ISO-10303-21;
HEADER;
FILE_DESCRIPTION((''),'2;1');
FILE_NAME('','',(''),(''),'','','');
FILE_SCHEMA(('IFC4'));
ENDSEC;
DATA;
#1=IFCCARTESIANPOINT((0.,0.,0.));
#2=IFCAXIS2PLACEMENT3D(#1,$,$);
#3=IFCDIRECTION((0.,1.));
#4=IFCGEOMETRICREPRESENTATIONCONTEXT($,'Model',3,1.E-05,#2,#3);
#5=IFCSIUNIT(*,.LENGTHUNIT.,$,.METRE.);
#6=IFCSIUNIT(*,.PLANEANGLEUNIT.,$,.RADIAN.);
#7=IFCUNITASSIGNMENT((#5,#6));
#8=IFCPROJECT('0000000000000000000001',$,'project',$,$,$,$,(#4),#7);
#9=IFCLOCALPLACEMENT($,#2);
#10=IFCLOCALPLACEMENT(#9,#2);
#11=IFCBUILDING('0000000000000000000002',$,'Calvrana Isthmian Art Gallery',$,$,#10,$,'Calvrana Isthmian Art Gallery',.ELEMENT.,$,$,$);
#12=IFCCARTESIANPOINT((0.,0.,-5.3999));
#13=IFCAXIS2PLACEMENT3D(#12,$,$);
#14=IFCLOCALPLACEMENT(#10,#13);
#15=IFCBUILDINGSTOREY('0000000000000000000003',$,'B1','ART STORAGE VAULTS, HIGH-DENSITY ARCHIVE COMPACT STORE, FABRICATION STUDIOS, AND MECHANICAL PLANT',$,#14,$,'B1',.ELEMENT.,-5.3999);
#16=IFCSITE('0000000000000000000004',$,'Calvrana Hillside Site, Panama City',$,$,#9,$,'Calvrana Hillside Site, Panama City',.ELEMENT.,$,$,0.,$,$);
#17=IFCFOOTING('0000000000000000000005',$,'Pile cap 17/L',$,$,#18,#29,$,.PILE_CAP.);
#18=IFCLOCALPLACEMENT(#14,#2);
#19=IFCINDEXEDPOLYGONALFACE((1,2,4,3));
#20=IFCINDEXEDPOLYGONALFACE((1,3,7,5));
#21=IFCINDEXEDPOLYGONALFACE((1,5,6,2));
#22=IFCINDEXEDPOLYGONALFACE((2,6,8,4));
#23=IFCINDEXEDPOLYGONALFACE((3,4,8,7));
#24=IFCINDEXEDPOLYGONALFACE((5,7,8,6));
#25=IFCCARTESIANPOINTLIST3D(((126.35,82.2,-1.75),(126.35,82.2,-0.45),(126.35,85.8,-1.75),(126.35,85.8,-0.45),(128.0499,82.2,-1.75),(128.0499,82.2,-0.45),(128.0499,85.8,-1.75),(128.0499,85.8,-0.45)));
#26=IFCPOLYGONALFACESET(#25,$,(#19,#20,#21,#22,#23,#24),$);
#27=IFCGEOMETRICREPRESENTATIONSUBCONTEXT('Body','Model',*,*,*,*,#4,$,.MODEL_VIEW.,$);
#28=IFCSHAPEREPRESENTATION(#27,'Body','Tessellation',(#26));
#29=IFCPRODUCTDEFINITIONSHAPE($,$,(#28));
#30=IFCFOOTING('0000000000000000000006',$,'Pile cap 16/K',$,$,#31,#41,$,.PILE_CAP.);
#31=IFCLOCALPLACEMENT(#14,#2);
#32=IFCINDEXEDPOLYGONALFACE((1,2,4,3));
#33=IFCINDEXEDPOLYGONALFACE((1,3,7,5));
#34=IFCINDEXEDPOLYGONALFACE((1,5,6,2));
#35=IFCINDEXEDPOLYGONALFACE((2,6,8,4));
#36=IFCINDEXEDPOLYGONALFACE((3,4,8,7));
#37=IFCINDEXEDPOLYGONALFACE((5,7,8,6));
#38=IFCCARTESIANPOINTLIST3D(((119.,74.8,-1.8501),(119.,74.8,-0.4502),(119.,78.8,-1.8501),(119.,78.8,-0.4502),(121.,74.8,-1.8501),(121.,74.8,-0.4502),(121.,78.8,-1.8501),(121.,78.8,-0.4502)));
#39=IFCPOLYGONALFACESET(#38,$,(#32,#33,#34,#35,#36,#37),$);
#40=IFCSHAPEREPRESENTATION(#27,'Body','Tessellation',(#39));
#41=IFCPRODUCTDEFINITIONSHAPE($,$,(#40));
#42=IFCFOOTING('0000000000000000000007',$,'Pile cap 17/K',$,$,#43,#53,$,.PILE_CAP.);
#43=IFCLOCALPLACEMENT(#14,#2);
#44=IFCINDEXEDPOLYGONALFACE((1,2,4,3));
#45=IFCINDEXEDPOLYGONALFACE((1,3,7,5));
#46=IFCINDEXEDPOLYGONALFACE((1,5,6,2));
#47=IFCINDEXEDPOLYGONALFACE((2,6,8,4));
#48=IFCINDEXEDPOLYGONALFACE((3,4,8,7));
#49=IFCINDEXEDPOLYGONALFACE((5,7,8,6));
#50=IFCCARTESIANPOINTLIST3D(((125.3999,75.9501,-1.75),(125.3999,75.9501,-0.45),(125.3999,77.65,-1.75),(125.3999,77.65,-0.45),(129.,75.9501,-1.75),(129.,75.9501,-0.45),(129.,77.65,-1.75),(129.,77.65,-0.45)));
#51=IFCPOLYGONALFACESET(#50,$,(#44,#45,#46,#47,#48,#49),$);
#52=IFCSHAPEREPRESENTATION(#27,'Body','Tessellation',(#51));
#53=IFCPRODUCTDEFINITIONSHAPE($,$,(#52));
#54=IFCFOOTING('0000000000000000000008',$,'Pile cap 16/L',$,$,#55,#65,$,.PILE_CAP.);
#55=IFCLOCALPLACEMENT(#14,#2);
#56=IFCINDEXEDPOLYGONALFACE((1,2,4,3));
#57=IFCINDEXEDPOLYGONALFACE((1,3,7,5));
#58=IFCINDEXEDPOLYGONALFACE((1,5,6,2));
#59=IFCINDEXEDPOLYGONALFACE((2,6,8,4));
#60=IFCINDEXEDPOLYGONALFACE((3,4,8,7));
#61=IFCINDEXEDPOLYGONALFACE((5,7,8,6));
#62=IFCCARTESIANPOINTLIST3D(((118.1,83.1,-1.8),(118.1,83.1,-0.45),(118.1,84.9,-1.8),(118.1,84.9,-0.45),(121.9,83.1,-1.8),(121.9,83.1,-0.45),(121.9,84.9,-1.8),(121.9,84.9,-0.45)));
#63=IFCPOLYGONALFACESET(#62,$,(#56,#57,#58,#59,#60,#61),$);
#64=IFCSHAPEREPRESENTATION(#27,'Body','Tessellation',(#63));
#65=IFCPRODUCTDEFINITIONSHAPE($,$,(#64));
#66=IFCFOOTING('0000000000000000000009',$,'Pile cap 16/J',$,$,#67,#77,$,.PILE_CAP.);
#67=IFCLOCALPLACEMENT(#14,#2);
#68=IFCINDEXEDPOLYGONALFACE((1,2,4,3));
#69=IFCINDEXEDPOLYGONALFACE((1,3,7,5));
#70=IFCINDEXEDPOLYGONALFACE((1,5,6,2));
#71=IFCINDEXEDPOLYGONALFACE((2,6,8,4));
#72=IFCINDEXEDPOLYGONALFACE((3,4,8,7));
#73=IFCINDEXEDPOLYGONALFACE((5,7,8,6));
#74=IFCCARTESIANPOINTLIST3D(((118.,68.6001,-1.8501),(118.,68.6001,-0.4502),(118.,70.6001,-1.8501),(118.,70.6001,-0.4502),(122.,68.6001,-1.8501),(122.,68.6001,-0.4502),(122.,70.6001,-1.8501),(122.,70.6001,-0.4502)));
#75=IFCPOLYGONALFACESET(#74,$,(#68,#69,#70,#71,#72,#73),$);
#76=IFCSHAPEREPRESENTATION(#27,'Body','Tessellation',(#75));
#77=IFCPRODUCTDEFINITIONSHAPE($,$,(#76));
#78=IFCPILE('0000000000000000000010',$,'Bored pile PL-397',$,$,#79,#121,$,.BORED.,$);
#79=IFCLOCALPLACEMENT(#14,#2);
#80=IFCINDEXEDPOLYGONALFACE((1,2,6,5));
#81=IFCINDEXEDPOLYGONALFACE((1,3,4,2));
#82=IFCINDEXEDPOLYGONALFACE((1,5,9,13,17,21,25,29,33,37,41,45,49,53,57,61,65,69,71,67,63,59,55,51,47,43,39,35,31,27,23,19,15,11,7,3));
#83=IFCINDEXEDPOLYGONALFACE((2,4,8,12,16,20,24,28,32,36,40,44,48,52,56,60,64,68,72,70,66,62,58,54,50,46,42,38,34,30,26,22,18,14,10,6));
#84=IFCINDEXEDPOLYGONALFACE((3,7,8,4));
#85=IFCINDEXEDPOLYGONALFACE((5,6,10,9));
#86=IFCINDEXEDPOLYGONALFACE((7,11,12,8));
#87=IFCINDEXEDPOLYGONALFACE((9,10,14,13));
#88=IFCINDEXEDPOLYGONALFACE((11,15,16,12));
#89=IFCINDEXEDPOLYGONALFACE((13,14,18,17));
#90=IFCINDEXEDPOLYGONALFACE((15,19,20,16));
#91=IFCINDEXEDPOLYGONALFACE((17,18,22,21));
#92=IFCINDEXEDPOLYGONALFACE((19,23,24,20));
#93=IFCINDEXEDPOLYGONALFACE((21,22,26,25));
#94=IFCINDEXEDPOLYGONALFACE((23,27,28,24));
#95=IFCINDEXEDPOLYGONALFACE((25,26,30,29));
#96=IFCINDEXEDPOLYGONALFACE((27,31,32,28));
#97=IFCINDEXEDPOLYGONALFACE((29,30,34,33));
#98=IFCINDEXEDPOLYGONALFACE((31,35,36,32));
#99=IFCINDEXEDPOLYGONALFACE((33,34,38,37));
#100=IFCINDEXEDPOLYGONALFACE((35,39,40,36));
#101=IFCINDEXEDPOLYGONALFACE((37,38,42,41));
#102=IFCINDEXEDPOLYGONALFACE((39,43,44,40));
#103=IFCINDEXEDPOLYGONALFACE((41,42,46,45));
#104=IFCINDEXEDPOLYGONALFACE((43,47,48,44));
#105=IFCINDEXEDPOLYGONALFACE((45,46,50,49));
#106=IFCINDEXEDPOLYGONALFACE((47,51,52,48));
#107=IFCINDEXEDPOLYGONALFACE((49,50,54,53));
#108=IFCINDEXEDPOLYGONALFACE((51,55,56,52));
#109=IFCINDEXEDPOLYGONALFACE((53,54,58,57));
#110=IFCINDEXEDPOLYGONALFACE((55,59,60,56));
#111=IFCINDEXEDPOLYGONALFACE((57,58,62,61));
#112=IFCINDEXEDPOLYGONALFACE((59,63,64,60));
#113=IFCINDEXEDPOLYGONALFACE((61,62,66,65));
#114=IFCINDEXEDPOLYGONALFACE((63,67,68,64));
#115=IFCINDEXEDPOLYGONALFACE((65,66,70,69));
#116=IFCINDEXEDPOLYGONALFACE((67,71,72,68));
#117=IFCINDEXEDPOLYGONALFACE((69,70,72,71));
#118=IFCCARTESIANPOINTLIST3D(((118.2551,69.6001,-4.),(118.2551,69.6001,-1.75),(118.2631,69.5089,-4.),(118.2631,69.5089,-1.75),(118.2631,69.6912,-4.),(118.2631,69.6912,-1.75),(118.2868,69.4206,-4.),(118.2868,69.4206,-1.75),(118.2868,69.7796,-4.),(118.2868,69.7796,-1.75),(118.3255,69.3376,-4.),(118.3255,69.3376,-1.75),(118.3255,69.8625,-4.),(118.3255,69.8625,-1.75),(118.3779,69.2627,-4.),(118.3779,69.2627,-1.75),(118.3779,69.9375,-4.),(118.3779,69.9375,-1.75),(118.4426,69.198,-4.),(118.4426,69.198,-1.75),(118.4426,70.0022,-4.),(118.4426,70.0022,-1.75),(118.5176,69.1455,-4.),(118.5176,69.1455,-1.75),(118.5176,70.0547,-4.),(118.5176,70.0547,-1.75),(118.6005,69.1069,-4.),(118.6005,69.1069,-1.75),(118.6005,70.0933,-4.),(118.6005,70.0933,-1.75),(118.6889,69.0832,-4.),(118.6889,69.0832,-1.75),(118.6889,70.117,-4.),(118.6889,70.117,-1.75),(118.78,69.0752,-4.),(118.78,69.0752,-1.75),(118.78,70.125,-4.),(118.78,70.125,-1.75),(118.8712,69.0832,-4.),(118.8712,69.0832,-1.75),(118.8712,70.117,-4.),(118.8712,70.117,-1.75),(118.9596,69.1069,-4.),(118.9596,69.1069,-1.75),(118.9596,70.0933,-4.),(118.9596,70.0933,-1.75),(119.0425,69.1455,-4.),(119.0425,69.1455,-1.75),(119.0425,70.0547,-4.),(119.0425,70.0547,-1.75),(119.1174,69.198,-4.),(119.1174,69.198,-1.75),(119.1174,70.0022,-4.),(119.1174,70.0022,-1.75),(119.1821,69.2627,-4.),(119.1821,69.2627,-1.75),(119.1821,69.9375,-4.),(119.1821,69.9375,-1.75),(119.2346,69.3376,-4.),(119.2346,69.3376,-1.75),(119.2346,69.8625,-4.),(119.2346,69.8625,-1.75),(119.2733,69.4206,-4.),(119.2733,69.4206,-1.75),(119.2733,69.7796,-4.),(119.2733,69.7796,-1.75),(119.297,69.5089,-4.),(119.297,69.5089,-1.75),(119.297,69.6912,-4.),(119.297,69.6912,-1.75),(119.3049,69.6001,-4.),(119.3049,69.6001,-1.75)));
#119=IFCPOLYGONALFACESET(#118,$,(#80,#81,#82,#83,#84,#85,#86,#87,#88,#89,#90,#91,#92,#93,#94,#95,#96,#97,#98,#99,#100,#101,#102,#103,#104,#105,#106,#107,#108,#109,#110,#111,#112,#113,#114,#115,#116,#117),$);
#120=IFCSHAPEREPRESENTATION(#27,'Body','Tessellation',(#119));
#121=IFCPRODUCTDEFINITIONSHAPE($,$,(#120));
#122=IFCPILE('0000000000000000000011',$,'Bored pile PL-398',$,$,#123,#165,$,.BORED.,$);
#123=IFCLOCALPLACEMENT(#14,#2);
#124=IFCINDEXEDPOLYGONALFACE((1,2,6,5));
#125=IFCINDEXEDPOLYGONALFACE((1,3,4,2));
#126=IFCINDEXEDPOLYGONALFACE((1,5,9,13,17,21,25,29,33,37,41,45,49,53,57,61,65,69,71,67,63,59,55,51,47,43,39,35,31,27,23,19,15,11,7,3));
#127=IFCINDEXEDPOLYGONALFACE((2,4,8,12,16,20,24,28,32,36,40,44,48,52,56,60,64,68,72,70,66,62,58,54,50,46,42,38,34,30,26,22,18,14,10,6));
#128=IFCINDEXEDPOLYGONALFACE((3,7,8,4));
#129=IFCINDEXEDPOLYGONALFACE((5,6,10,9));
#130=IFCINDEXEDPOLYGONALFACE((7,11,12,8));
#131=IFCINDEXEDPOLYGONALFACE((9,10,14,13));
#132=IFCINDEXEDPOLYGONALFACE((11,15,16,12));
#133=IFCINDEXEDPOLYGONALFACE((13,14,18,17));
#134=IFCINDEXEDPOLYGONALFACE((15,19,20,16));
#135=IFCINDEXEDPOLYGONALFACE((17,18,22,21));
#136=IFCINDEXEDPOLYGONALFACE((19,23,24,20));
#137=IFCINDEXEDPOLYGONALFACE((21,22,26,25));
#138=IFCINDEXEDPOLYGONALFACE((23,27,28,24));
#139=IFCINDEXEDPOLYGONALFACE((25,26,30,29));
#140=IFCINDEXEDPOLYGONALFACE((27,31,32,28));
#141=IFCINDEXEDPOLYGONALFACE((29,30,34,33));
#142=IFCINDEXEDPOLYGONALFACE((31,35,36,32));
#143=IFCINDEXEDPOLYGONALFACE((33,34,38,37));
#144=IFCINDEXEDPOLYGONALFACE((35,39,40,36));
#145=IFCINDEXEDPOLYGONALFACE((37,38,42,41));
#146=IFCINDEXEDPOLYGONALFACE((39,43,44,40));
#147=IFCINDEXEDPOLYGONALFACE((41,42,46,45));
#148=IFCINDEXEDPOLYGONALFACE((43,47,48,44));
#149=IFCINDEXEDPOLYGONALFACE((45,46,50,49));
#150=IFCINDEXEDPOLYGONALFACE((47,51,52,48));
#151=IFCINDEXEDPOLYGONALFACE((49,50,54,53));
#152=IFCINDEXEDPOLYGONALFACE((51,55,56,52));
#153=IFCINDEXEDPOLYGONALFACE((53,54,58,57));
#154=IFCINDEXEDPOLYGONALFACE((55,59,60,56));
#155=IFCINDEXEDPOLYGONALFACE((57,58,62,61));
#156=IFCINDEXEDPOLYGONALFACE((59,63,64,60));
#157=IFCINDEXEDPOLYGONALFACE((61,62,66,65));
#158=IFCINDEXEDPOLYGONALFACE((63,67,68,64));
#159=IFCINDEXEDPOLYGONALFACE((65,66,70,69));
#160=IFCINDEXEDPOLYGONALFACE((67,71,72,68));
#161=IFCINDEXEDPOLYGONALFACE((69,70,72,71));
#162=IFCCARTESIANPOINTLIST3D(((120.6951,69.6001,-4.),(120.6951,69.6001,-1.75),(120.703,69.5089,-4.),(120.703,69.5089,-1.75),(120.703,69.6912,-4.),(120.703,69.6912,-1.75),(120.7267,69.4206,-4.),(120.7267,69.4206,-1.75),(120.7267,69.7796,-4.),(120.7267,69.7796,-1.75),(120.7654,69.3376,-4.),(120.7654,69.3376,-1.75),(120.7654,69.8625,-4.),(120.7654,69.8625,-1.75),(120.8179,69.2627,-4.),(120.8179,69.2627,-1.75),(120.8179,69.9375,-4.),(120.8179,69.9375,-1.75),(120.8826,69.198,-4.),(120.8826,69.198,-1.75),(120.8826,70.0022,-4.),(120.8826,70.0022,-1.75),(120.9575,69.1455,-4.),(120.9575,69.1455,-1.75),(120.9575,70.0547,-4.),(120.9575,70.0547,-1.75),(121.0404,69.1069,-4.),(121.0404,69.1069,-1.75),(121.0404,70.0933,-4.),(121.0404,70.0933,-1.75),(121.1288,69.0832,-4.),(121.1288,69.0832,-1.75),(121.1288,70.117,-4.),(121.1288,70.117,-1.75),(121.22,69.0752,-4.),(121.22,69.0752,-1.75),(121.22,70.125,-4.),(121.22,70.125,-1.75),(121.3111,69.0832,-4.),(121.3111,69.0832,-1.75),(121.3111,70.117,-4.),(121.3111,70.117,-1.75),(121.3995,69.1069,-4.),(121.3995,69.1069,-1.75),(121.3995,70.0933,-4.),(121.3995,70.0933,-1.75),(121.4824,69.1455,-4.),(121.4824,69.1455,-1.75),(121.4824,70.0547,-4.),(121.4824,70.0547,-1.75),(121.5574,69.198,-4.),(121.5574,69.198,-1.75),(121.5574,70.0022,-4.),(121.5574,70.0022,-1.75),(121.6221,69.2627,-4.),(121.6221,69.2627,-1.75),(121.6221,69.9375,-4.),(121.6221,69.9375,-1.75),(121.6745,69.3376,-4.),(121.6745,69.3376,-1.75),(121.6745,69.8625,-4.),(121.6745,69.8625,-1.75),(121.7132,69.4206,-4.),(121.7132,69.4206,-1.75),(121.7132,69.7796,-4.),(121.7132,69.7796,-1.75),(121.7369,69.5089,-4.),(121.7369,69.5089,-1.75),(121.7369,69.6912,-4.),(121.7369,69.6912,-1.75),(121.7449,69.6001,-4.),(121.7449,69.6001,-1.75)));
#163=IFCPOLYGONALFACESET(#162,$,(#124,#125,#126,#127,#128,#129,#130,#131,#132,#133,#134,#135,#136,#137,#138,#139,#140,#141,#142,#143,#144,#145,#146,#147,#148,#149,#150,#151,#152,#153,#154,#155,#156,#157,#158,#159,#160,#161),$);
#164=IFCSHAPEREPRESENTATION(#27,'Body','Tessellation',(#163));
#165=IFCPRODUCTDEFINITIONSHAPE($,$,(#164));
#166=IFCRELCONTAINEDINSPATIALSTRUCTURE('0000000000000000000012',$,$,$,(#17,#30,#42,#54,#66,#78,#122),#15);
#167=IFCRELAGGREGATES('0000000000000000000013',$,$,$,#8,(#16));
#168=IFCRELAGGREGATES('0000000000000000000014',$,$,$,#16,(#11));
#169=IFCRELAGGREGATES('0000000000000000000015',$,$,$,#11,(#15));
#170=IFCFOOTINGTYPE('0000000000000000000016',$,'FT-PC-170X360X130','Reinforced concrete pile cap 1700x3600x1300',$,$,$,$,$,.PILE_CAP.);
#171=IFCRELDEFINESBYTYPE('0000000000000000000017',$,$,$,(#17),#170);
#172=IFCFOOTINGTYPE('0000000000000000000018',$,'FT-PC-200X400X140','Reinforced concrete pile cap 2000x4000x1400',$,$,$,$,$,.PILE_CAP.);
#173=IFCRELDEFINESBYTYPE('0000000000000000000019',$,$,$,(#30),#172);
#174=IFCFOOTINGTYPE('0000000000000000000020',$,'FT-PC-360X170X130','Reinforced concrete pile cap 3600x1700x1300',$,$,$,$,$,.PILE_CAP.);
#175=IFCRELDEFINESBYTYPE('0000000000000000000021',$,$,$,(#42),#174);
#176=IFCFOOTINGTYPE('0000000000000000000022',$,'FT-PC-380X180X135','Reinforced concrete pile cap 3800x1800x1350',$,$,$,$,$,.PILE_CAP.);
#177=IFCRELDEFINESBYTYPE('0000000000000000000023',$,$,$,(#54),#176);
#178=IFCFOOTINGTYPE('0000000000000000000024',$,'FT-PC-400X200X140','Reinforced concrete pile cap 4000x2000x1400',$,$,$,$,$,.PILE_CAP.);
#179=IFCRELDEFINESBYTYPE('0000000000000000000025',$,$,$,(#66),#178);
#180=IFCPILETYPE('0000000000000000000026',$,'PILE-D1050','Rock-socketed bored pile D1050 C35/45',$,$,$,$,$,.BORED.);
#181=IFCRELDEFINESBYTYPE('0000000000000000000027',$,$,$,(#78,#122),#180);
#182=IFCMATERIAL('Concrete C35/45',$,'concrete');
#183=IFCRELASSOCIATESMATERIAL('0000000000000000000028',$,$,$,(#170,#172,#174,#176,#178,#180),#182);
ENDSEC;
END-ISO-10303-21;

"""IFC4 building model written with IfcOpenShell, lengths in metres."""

from ifc_helpers import new_model, si_unit, direction, frame, origin, origin_2d, place, context, subcontext, project, spatial, rectangle, circle, extrude, material, material_profile, profile_set, type_object, element, save


model = new_model("IFC4")

# Units and contexts
model_context = context("Model", 3, precision=1e-05, world=origin(), true_north=direction((0.0, 1.0)))
body_context = subcontext(model_context, "Body", "Model", "MODEL_VIEW")
ifc_project = project(units=[si_unit("LENGTHUNIT", "METRE"), si_unit("PLANEANGLEUNIT", "RADIAN")], contexts=[model_context])

# Site, building, storey
site_placement = place(None, origin())
site = spatial("IfcSite", under=ifc_project, at=site_placement, Name="Calvrana Hillside Site, Panama City", LongName="Calvrana Hillside Site, Panama City", CompositionType="ELEMENT", RefElevation=0.0)
building_placement = place(site_placement, origin())
building = spatial("IfcBuilding", under=site, at=building_placement, Name="Calvrana Isthmian Art Gallery", LongName="Calvrana Isthmian Art Gallery", CompositionType="ELEMENT")
storey_placement = place(building_placement, frame((0.0, 0.0, -5.3999)))
storey = spatial("IfcBuildingStorey", under=building, at=storey_placement, Name="B1", Description="ART STORAGE VAULTS, HIGH-DENSITY ARCHIVE COMPACT STORE, FABRICATION STUDIOS, AND MECHANICAL PLANT", LongName="B1", CompositionType="ELEMENT", Elevation=-5.3999)

# Footings
ifc_material_1 = material(Name="Concrete C35/45", Category="concrete")
footing_type_1 = type_object("IfcFootingType", Name="FT-PC-170X360X130", Description="Reinforced concrete pile cap 1700x3600x1300", PredefinedType="PILE_CAP", material=ifc_material_1)
footing_1_placement = place(storey_placement, frame((127.2, 84.0, -1.75), z_axis=(0.0, 0.0, 1.0), x_axis=(1.0, 0.0, 0.0)))
element("IfcFooting", 1, at=footing_1_placement, inside=storey, type_object=footing_type_1, Name="Pile cap 17/L", PredefinedType="PILE_CAP", context=body_context, shape_type="SweptSolid", body=[
    extrude(rectangle(XDim=1.7, YDim=3.6001, at=origin_2d()), origin(), (0.0, 0.0, 1.0), 1.3),
])
footing_type_2 = type_object("IfcFootingType", Name="FT-PC-200X400X140", Description="Reinforced concrete pile cap 2000x4000x1400", PredefinedType="PILE_CAP", material=ifc_material_1)
footing_2_placement = place(storey_placement, frame((120.0, 76.8, -1.8501), z_axis=(0.0, 0.0, 1.0), x_axis=(1.0, 0.0, 0.0)))
element("IfcFooting", 2, at=footing_2_placement, inside=storey, type_object=footing_type_2, Name="Pile cap 16/K", PredefinedType="PILE_CAP", context=body_context, shape_type="SweptSolid", body=[
    extrude(rectangle(XDim=2.0, YDim=4.0, at=origin_2d()), origin(), (0.0, 0.0, 1.0), 1.3999),
])
footing_type_3 = type_object("IfcFootingType", Name="FT-PC-360X170X130", Description="Reinforced concrete pile cap 3600x1700x1300", PredefinedType="PILE_CAP", material=ifc_material_1)
footing_3_placement = place(storey_placement, frame((127.2, 76.8, -1.75), z_axis=(0.0, 0.0, 1.0), x_axis=(1.0, 0.0, 0.0)))
element("IfcFooting", 3, at=footing_3_placement, inside=storey, type_object=footing_type_3, Name="Pile cap 17/K", PredefinedType="PILE_CAP", context=body_context, shape_type="SweptSolid", body=[
    extrude(rectangle(XDim=3.6001, YDim=1.7, at=origin_2d()), origin(), (0.0, 0.0, 1.0), 1.3),
])
footing_type_4 = type_object("IfcFootingType", Name="FT-PC-380X180X135", Description="Reinforced concrete pile cap 3800x1800x1350", PredefinedType="PILE_CAP", material=ifc_material_1)
footing_4_placement = place(storey_placement, frame((120.0, 84.0, -1.8), z_axis=(0.0, 0.0, 1.0), x_axis=(1.0, 0.0, 0.0)))
element("IfcFooting", 4, at=footing_4_placement, inside=storey, type_object=footing_type_4, Name="Pile cap 16/L", PredefinedType="PILE_CAP", context=body_context, shape_type="SweptSolid", body=[
    extrude(rectangle(XDim=3.8, YDim=1.8, at=origin_2d()), origin(), (0.0, 0.0, 1.0), 1.3501),
])
footing_type_5 = type_object("IfcFootingType", Name="FT-PC-400X200X140", Description="Reinforced concrete pile cap 4000x2000x1400", PredefinedType="PILE_CAP", material=ifc_material_1)
footing_5_placement = place(storey_placement, frame((120.0, 69.6001, -1.8501), z_axis=(0.0, 0.0, 1.0), x_axis=(1.0, 0.0, 0.0)))
element("IfcFooting", 5, at=footing_5_placement, inside=storey, type_object=footing_type_5, Name="Pile cap 16/J", PredefinedType="PILE_CAP", context=body_context, shape_type="SweptSolid", body=[
    extrude(rectangle(XDim=4.0, YDim=2.0, at=origin_2d()), origin(), (0.0, 0.0, 1.0), 1.3999),
])

# Piles
ifc_material_profile_1 = material_profile(ifc_material_1, circle(Radius=0.5249, at=origin_2d()), Name="PILE1050D")
ifc_profile_set_1 = profile_set([ifc_material_profile_1], Name="Concrete C35/45")
pile_type_1 = type_object("IfcPileType", Name="PILE-D1050", Description="Rock-socketed bored pile D1050 C35/45", PredefinedType="BORED", material=ifc_profile_set_1)
for number, where, z_axis, x_axis, name in (
    (6, (118.78, 69.6001, -1.75), (0.0, 0.0, -1.0), (1.0, 0.0, 0.0), "Bored pile PL-397"),
    (7, (121.22, 69.6001, -1.75), (0.0, 0.0, -1.0), (1.0, 0.0, 0.0), "Bored pile PL-398"),
):
    element("IfcPile", number, at=place(storey_placement, frame(where, z_axis=z_axis, x_axis=x_axis)), inside=storey, type_object=pile_type_1, Name=name, PredefinedType="BORED", context=body_context, shape_type="SweptSolid", body=[
        extrude(circle(Radius=0.5249, at=origin_2d()), origin(), (0.0, 0.0, 1.0), 2.25),
    ])

save(model, "model.ifc")
